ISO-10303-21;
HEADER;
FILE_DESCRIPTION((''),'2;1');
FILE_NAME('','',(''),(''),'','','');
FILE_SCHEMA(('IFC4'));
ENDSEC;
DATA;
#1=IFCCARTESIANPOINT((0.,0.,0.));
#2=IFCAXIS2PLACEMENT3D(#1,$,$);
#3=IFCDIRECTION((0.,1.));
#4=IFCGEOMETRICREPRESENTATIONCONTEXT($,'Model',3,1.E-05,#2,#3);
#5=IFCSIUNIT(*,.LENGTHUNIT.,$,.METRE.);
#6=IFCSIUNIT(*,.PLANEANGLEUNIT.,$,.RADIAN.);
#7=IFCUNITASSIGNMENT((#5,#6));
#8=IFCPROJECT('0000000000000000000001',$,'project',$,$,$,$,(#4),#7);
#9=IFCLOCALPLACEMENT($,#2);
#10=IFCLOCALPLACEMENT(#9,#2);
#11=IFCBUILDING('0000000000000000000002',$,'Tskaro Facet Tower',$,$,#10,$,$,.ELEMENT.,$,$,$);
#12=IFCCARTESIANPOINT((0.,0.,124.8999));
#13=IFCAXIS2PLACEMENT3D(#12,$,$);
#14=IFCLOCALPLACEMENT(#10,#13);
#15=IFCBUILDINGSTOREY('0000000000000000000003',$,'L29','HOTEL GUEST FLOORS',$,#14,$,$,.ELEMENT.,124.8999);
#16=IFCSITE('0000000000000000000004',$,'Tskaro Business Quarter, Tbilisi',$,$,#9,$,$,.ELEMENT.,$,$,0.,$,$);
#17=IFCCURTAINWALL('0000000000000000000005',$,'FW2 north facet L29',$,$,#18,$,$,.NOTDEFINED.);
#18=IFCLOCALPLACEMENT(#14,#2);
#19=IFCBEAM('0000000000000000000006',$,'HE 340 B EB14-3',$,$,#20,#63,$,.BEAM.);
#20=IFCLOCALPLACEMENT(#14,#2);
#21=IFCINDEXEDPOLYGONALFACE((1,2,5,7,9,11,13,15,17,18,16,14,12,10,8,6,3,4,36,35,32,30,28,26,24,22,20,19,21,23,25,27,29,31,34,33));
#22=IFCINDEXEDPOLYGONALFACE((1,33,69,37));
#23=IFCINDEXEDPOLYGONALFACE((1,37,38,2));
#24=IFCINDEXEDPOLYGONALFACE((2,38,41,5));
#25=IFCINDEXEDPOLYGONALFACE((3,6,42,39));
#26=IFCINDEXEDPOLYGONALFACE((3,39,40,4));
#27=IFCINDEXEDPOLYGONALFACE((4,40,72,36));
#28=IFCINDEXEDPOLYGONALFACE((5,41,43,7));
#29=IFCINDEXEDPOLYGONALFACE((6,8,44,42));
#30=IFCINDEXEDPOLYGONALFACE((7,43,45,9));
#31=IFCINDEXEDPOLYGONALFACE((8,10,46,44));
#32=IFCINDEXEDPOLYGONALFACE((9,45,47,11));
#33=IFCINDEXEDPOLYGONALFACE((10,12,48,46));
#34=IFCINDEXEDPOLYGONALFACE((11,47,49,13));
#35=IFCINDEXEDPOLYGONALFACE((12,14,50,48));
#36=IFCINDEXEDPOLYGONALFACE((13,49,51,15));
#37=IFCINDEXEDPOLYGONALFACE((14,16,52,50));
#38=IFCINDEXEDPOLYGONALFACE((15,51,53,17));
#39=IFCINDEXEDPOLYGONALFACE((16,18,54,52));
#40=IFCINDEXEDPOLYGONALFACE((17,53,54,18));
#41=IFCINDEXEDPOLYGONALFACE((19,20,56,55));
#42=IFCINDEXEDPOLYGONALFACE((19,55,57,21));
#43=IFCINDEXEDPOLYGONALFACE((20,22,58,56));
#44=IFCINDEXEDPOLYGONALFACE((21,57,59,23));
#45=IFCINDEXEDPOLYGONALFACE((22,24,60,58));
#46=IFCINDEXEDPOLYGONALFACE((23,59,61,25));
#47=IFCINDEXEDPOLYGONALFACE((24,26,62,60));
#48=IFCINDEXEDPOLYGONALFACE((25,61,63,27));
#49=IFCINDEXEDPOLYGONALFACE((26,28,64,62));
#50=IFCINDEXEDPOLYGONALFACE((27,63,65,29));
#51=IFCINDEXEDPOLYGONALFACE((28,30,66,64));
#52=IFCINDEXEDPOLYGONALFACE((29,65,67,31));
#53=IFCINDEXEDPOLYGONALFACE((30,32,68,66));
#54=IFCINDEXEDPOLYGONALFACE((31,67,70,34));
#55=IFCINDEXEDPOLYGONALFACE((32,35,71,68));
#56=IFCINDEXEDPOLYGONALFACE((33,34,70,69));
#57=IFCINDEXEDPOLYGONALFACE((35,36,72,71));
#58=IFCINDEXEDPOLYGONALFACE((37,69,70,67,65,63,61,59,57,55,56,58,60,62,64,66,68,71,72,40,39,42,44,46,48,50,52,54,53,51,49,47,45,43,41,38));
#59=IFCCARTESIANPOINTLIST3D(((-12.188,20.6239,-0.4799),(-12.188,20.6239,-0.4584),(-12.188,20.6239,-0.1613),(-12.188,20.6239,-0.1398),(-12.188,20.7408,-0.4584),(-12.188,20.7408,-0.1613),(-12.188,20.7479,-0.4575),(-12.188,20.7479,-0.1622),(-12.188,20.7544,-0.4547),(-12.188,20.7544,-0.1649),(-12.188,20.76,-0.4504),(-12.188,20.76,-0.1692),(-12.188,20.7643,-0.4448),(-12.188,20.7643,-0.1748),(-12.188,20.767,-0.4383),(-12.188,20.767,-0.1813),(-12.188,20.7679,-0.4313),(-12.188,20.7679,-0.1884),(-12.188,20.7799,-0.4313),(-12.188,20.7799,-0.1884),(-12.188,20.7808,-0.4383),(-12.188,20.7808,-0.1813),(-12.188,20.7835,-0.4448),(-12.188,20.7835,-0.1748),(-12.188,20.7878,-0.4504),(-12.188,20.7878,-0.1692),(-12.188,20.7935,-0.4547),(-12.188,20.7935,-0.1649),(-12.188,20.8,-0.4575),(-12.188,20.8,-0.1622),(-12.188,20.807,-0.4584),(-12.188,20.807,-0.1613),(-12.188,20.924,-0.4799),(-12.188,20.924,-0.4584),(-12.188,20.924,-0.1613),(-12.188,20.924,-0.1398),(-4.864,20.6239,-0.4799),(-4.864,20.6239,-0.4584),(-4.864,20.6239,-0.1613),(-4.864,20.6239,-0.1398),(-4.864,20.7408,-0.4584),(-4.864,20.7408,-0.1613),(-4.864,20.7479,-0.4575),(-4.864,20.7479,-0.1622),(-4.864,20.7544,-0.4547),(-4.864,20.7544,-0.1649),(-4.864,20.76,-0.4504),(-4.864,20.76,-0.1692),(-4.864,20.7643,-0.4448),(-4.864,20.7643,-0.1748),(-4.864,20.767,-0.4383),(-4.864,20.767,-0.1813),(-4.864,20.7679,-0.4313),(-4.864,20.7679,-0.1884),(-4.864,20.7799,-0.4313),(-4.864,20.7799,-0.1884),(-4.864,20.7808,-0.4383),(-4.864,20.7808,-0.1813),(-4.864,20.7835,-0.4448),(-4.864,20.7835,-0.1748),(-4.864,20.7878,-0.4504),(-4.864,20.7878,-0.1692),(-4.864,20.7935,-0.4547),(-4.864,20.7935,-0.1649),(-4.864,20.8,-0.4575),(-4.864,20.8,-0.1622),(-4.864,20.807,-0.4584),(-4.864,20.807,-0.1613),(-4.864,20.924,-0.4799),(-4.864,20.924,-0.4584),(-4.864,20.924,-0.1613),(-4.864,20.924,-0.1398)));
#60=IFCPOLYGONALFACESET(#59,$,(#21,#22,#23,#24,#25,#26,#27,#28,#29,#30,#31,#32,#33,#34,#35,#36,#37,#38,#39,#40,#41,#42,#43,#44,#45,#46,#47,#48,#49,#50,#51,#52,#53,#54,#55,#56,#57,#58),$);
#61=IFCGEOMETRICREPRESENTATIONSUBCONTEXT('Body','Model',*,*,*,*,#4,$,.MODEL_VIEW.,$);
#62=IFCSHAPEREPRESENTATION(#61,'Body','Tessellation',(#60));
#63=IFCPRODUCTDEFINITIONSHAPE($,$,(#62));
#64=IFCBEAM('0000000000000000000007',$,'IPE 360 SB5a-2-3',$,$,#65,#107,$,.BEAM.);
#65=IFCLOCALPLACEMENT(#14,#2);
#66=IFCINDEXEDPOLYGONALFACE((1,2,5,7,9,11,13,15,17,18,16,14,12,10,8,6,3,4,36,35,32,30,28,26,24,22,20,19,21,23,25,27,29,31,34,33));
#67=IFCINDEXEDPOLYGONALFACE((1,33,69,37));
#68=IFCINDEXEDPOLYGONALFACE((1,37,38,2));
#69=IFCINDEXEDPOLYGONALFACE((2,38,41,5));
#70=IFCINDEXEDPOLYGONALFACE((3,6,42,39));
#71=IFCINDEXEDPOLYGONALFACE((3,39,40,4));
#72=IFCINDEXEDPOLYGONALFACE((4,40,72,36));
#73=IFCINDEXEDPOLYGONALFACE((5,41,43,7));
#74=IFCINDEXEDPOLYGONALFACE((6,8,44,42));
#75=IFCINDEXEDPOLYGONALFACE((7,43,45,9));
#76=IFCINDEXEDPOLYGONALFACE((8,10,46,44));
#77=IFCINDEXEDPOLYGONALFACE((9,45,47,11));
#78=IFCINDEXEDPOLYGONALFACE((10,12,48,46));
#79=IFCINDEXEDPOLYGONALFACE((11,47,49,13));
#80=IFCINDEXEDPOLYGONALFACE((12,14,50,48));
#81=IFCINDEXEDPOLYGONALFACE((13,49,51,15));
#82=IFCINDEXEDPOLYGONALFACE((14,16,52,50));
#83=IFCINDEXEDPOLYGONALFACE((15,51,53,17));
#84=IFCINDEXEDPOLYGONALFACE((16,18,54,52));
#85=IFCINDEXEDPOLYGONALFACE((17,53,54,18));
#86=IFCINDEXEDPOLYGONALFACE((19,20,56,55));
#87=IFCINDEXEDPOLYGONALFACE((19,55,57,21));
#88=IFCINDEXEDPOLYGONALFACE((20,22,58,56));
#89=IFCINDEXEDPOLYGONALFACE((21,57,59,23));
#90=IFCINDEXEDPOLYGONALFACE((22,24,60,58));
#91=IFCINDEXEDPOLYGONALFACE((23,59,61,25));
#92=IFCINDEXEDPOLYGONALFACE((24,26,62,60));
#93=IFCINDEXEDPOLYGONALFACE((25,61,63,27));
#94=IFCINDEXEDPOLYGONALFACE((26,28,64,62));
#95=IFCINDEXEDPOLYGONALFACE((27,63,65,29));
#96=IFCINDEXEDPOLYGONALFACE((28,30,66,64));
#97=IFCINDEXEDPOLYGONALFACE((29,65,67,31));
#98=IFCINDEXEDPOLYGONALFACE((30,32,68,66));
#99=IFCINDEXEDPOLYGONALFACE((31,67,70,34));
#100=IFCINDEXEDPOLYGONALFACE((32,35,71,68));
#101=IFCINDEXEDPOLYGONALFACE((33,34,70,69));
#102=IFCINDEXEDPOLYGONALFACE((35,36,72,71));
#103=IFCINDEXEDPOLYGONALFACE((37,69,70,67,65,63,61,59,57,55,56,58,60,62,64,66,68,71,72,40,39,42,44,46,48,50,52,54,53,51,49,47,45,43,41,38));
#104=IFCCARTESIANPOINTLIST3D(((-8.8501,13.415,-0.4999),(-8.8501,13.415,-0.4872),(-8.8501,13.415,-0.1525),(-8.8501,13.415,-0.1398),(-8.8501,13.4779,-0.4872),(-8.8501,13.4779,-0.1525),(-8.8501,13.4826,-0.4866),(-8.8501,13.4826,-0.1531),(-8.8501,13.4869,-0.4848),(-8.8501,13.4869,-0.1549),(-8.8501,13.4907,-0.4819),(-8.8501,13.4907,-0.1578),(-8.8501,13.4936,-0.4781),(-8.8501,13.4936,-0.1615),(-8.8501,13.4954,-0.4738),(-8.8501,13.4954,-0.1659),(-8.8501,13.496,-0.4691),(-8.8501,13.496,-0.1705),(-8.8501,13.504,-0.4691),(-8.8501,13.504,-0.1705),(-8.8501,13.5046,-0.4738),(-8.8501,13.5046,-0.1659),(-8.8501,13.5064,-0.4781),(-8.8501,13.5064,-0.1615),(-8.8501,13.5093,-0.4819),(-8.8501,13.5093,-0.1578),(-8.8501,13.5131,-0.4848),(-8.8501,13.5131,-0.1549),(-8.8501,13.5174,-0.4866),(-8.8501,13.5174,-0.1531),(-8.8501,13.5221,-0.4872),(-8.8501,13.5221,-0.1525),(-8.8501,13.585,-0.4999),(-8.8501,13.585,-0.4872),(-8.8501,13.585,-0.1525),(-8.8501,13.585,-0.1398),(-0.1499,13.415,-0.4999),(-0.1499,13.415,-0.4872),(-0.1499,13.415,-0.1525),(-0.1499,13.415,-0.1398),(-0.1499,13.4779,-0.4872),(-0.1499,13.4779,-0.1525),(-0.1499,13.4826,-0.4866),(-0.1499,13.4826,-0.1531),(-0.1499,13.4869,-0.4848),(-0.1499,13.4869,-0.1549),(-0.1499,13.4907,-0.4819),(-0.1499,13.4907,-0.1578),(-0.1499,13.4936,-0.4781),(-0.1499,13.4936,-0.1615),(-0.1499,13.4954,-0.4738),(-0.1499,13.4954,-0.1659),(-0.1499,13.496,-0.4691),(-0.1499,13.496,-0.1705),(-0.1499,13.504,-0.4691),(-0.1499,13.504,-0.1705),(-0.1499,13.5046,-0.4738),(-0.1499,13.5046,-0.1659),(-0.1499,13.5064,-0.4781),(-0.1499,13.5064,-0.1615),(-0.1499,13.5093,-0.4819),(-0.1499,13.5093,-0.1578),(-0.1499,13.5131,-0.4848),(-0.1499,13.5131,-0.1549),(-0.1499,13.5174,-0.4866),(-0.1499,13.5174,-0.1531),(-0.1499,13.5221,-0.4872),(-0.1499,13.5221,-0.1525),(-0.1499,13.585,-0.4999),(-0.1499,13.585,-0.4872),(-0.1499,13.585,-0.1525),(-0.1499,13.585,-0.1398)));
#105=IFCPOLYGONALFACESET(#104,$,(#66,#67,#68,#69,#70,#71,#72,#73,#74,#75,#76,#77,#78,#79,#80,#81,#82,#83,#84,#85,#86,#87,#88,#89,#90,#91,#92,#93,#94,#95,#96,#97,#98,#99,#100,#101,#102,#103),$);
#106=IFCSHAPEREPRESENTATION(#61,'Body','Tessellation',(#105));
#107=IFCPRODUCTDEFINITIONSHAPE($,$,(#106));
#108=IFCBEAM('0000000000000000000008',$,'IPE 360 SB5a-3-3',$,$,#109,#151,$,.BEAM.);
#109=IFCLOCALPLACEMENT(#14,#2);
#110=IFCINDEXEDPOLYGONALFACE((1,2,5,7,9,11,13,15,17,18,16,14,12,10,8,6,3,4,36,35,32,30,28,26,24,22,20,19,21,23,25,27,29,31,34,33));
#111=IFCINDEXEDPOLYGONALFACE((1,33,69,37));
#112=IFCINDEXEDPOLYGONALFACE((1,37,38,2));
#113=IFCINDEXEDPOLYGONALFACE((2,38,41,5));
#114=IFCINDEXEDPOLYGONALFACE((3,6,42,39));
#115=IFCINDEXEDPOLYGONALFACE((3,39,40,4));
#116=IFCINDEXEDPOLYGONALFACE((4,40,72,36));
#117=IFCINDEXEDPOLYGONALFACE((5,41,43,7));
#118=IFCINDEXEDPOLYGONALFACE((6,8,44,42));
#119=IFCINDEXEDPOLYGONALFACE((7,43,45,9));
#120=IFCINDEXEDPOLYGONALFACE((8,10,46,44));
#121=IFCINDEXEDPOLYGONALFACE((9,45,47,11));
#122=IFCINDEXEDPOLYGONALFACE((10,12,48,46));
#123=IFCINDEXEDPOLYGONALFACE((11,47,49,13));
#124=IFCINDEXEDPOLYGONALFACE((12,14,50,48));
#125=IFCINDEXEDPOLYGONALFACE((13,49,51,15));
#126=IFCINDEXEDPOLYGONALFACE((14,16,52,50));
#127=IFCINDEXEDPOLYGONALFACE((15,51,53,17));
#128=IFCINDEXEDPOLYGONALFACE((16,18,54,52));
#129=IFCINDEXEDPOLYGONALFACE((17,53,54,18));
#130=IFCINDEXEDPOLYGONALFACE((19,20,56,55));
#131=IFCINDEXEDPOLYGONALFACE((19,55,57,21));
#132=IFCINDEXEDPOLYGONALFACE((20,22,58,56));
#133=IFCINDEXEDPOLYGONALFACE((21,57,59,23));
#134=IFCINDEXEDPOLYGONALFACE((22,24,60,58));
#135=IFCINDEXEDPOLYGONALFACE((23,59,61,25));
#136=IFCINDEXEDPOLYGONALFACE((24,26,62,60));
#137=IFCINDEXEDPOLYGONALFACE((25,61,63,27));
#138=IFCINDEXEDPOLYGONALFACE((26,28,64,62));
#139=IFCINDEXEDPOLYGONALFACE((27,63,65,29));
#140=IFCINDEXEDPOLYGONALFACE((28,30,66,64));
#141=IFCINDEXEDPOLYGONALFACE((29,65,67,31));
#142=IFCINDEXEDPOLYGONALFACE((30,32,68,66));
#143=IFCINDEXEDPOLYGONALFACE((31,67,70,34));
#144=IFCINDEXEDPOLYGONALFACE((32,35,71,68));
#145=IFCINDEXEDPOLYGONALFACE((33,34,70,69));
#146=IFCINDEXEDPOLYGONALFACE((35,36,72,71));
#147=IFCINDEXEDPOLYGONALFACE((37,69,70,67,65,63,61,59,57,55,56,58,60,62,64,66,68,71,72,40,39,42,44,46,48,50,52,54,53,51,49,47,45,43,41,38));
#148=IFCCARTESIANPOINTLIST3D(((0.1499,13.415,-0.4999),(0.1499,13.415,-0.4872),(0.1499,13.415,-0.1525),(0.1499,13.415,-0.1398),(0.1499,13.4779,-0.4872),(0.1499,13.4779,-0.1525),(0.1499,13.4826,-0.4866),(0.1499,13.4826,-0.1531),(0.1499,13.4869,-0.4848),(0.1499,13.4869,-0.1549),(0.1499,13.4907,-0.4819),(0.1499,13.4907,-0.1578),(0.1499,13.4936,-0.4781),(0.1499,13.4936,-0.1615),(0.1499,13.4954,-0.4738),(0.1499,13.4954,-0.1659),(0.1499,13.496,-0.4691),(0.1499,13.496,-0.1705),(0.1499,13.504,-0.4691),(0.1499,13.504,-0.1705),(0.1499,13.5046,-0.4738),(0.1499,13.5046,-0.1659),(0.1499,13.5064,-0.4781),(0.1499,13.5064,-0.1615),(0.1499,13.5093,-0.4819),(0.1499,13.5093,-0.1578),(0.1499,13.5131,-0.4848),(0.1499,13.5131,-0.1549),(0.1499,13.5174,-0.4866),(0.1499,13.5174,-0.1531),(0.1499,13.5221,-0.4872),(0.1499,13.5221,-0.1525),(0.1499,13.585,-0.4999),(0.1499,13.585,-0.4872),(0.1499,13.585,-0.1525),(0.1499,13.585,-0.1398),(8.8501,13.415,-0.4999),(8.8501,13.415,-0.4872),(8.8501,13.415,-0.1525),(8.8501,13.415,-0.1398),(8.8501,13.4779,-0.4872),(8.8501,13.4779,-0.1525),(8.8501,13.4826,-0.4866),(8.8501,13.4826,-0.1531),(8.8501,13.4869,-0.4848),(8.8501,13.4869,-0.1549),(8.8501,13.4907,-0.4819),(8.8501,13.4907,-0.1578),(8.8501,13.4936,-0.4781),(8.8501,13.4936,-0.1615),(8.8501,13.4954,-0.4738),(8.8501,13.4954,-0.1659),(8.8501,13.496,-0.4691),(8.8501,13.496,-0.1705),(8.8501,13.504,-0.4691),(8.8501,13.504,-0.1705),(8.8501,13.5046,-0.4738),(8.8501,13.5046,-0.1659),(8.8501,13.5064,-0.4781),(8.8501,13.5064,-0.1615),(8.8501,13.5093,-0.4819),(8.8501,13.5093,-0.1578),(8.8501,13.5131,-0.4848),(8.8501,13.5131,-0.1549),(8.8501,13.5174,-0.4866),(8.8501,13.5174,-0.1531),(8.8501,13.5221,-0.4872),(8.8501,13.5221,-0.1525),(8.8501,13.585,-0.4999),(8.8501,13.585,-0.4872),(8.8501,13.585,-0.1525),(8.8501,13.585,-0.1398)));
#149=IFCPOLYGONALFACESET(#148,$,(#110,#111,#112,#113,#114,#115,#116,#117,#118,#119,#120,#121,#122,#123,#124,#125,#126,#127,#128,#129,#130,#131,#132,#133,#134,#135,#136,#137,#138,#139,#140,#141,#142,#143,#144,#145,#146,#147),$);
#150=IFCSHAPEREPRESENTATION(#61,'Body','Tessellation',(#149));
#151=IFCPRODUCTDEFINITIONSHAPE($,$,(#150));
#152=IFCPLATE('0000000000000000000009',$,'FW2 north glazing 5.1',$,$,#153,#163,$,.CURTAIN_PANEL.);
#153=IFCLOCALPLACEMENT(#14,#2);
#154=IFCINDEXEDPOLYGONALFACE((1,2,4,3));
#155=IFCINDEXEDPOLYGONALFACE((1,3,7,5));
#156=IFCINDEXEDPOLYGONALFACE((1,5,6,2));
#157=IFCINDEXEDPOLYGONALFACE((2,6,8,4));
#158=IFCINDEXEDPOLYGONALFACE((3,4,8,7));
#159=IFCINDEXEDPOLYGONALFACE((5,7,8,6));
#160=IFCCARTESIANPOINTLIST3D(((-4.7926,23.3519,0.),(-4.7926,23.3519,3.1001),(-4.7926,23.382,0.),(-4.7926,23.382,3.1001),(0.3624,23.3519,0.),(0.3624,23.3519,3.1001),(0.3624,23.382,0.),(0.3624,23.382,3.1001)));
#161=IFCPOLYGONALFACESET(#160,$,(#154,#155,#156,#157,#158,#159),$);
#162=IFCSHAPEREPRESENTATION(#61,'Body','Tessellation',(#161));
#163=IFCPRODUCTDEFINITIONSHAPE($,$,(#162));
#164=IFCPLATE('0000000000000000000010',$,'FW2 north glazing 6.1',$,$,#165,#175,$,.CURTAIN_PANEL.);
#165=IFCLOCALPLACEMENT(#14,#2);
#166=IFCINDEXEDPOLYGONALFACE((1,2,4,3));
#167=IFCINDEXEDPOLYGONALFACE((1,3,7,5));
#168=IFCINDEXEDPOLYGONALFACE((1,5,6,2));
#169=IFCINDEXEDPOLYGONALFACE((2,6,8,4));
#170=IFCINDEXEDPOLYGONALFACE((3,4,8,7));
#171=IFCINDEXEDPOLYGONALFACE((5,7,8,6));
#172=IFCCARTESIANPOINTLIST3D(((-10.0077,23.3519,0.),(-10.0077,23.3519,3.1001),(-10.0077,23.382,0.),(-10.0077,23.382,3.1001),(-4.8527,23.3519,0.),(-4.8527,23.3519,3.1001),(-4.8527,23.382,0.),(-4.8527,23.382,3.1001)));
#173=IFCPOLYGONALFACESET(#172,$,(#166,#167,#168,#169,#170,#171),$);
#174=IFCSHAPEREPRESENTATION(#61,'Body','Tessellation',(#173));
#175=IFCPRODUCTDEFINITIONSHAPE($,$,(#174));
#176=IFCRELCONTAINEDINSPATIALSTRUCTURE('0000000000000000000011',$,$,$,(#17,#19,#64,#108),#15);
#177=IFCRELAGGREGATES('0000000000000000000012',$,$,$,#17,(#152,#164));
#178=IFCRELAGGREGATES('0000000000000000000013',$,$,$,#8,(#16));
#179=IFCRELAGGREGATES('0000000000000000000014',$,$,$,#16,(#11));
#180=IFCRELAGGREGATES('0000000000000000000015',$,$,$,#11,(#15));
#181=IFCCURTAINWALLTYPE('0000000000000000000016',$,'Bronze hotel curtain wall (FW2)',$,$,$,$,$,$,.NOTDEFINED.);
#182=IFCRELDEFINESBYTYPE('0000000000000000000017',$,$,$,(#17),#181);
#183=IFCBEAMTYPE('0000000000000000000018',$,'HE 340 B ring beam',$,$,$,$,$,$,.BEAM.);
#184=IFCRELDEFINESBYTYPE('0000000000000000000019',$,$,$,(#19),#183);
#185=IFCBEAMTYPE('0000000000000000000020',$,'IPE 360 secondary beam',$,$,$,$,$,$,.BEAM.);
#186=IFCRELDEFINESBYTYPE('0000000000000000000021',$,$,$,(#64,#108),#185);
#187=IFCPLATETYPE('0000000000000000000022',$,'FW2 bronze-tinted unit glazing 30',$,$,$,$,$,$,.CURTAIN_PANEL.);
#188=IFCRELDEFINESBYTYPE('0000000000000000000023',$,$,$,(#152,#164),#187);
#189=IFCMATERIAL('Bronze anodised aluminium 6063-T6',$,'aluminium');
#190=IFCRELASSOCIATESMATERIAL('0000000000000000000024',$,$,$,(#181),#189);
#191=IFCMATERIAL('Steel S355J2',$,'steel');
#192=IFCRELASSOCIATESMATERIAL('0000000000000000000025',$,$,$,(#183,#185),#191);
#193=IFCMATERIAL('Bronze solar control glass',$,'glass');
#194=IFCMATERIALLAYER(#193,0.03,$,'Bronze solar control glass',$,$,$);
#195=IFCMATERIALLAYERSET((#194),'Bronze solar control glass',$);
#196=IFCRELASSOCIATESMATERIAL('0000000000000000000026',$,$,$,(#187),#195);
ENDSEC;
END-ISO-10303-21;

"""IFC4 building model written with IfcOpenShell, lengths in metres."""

from ifc_helpers import new_model, si_unit, direction, frame, origin, origin_2d, place, context, subcontext, project, spatial, rectangle, i_section, extrude, material, layer, layer_set, material_profile, profile_set, type_object, element, aggregate, save


model = new_model("IFC4")

# Units and contexts
model_context = context("Model", 3, precision=1e-05, world=origin(), true_north=direction((0.0, 1.0)))
body_context = subcontext(model_context, "Body", "Model", "MODEL_VIEW")
ifc_project = project(units=[si_unit("LENGTHUNIT", "METRE"), si_unit("PLANEANGLEUNIT", "RADIAN")], contexts=[model_context])

# Site, building, storey
site_placement = place(None, origin())
site = spatial("IfcSite", under=ifc_project, at=site_placement, Name="Tskaro Business Quarter, Tbilisi", CompositionType="ELEMENT", RefElevation=0.0)
building_placement = place(site_placement, origin())
building = spatial("IfcBuilding", under=site, at=building_placement, Name="Tskaro Facet Tower", CompositionType="ELEMENT")
storey_placement = place(building_placement, frame((0.0, 0.0, 124.8999)))
storey = spatial("IfcBuildingStorey", under=building, at=storey_placement, Name="L29", Description="HOTEL GUEST FLOORS", CompositionType="ELEMENT", Elevation=124.8999)

# Curtain wall
ifc_material_1 = material(Name="Bronze anodised aluminium 6063-T6", Category="aluminium")
curtain_wall_type = type_object("IfcCurtainWallType", Name="Bronze hotel curtain wall (FW2)", PredefinedType="NOTDEFINED", material=ifc_material_1)
curtain_wall_placement = place(storey_placement, origin())
curtain_wall = element("IfcCurtainWall", 1, at=curtain_wall_placement, inside=storey, type_object=curtain_wall_type, Name="FW2 north facet L29", PredefinedType="NOTDEFINED")

# Beams
ifc_material_2 = material(Name="Steel S355J2", Category="steel")
ifc_material_profile_1 = material_profile(ifc_material_2, i_section(OverallWidth=0.3, OverallDepth=0.3401, WebThickness=0.012, FlangeThickness=0.0215, FilletRadius=0.0271, at=origin_2d()), Name="HE 340 B")
ifc_profile_set_1 = profile_set([ifc_material_profile_1], Name="Steel S355J2")
beam_type_1 = type_object("IfcBeamType", Name="HE 340 B ring beam", PredefinedType="BEAM", material=ifc_profile_set_1)
beam_placement = place(storey_placement, frame((-4.864, 20.7739, -0.3098), z_axis=(-1.0, 0.0, 0.0), x_axis=(0.0, -1.0, 0.0)))
element("IfcBeam", 2, at=beam_placement, inside=storey, type_object=beam_type_1, Name="HE 340 B EB14-3", PredefinedType="BEAM", context=body_context, shape_type="SweptSolid", body=[
    extrude(i_section(OverallWidth=0.3, OverallDepth=0.3401, WebThickness=0.012, FlangeThickness=0.0215, FilletRadius=0.0271, at=origin_2d()), origin(), (0.0, 0.0, 1.0), 7.324),
])
ifc_material_profile_2 = material_profile(ifc_material_2, i_section(OverallWidth=0.1699, OverallDepth=0.3601, WebThickness=0.0081, FlangeThickness=0.0127, FilletRadius=0.0181, at=origin_2d()), Name="IPE 360")
ifc_profile_set_2 = profile_set([ifc_material_profile_2], Name="Steel S355J2")
beam_type_2 = type_object("IfcBeamType", Name="IPE 360 secondary beam", PredefinedType="BEAM", material=ifc_profile_set_2)
for number, where, z_axis, x_axis, name in (
    (3, (-8.8501, 13.5, -0.3198), (1.0, 0.0, 0.0), (0.0, 1.0, 0.0), "IPE 360 SB5a-2-3"),
    (4, (0.1499, 13.5, -0.3198), (1.0, 0.0, 0.0), (0.0, 1.0, 0.0), "IPE 360 SB5a-3-3"),
):
    element("IfcBeam", number, at=place(storey_placement, frame(where, z_axis=z_axis, x_axis=x_axis)), inside=storey, type_object=beam_type_2, Name=name, PredefinedType="BEAM", context=body_context, shape_type="SweptSolid", body=[
        extrude(i_section(OverallWidth=0.1699, OverallDepth=0.3601, WebThickness=0.0081, FlangeThickness=0.0127, FilletRadius=0.0181, at=origin_2d()), origin(), (0.0, 0.0, 1.0), 8.7002),
    ])

# Plates
ifc_material_3 = material(Name="Bronze solar control glass", Category="glass")
ifc_layer_1 = layer(ifc_material_3, 0.03, Name="Bronze solar control glass")
ifc_layer_set_1 = layer_set([ifc_layer_1], Name="Bronze solar control glass")
plate_type = type_object("IfcPlateType", Name="FW2 bronze-tinted unit glazing 30", PredefinedType="CURTAIN_PANEL", material=ifc_layer_set_1)
plate_1_placement = place(storey_placement, frame((-2.2151, 23.3669, 0.0), z_axis=(0.0, 0.0, 1.0), x_axis=(-1.0, 0.0, 0.0)))
plate_1 = element("IfcPlate", 5, at=plate_1_placement, type_object=plate_type, Name="FW2 north glazing 5.1", PredefinedType="CURTAIN_PANEL", context=body_context, shape_type="SweptSolid", body=[
    extrude(rectangle(XDim=5.155, YDim=0.03, at=origin_2d()), origin(), (0.0, 0.0, 1.0), 3.1001),
])
plate_2_placement = place(storey_placement, frame((-7.4302, 23.3669, 0.0), z_axis=(0.0, 0.0, 1.0), x_axis=(-1.0, 0.0, 0.0)))
plate_2 = element("IfcPlate", 6, at=plate_2_placement, type_object=plate_type, Name="FW2 north glazing 6.1", PredefinedType="CURTAIN_PANEL", context=body_context, shape_type="SweptSolid", body=[
    extrude(rectangle(XDim=5.155, YDim=0.03, at=origin_2d()), origin(), (0.0, 0.0, 1.0), 3.1001),
])
aggregate(curtain_wall, [plate_1, plate_2])

save(model, "model.ifc")
